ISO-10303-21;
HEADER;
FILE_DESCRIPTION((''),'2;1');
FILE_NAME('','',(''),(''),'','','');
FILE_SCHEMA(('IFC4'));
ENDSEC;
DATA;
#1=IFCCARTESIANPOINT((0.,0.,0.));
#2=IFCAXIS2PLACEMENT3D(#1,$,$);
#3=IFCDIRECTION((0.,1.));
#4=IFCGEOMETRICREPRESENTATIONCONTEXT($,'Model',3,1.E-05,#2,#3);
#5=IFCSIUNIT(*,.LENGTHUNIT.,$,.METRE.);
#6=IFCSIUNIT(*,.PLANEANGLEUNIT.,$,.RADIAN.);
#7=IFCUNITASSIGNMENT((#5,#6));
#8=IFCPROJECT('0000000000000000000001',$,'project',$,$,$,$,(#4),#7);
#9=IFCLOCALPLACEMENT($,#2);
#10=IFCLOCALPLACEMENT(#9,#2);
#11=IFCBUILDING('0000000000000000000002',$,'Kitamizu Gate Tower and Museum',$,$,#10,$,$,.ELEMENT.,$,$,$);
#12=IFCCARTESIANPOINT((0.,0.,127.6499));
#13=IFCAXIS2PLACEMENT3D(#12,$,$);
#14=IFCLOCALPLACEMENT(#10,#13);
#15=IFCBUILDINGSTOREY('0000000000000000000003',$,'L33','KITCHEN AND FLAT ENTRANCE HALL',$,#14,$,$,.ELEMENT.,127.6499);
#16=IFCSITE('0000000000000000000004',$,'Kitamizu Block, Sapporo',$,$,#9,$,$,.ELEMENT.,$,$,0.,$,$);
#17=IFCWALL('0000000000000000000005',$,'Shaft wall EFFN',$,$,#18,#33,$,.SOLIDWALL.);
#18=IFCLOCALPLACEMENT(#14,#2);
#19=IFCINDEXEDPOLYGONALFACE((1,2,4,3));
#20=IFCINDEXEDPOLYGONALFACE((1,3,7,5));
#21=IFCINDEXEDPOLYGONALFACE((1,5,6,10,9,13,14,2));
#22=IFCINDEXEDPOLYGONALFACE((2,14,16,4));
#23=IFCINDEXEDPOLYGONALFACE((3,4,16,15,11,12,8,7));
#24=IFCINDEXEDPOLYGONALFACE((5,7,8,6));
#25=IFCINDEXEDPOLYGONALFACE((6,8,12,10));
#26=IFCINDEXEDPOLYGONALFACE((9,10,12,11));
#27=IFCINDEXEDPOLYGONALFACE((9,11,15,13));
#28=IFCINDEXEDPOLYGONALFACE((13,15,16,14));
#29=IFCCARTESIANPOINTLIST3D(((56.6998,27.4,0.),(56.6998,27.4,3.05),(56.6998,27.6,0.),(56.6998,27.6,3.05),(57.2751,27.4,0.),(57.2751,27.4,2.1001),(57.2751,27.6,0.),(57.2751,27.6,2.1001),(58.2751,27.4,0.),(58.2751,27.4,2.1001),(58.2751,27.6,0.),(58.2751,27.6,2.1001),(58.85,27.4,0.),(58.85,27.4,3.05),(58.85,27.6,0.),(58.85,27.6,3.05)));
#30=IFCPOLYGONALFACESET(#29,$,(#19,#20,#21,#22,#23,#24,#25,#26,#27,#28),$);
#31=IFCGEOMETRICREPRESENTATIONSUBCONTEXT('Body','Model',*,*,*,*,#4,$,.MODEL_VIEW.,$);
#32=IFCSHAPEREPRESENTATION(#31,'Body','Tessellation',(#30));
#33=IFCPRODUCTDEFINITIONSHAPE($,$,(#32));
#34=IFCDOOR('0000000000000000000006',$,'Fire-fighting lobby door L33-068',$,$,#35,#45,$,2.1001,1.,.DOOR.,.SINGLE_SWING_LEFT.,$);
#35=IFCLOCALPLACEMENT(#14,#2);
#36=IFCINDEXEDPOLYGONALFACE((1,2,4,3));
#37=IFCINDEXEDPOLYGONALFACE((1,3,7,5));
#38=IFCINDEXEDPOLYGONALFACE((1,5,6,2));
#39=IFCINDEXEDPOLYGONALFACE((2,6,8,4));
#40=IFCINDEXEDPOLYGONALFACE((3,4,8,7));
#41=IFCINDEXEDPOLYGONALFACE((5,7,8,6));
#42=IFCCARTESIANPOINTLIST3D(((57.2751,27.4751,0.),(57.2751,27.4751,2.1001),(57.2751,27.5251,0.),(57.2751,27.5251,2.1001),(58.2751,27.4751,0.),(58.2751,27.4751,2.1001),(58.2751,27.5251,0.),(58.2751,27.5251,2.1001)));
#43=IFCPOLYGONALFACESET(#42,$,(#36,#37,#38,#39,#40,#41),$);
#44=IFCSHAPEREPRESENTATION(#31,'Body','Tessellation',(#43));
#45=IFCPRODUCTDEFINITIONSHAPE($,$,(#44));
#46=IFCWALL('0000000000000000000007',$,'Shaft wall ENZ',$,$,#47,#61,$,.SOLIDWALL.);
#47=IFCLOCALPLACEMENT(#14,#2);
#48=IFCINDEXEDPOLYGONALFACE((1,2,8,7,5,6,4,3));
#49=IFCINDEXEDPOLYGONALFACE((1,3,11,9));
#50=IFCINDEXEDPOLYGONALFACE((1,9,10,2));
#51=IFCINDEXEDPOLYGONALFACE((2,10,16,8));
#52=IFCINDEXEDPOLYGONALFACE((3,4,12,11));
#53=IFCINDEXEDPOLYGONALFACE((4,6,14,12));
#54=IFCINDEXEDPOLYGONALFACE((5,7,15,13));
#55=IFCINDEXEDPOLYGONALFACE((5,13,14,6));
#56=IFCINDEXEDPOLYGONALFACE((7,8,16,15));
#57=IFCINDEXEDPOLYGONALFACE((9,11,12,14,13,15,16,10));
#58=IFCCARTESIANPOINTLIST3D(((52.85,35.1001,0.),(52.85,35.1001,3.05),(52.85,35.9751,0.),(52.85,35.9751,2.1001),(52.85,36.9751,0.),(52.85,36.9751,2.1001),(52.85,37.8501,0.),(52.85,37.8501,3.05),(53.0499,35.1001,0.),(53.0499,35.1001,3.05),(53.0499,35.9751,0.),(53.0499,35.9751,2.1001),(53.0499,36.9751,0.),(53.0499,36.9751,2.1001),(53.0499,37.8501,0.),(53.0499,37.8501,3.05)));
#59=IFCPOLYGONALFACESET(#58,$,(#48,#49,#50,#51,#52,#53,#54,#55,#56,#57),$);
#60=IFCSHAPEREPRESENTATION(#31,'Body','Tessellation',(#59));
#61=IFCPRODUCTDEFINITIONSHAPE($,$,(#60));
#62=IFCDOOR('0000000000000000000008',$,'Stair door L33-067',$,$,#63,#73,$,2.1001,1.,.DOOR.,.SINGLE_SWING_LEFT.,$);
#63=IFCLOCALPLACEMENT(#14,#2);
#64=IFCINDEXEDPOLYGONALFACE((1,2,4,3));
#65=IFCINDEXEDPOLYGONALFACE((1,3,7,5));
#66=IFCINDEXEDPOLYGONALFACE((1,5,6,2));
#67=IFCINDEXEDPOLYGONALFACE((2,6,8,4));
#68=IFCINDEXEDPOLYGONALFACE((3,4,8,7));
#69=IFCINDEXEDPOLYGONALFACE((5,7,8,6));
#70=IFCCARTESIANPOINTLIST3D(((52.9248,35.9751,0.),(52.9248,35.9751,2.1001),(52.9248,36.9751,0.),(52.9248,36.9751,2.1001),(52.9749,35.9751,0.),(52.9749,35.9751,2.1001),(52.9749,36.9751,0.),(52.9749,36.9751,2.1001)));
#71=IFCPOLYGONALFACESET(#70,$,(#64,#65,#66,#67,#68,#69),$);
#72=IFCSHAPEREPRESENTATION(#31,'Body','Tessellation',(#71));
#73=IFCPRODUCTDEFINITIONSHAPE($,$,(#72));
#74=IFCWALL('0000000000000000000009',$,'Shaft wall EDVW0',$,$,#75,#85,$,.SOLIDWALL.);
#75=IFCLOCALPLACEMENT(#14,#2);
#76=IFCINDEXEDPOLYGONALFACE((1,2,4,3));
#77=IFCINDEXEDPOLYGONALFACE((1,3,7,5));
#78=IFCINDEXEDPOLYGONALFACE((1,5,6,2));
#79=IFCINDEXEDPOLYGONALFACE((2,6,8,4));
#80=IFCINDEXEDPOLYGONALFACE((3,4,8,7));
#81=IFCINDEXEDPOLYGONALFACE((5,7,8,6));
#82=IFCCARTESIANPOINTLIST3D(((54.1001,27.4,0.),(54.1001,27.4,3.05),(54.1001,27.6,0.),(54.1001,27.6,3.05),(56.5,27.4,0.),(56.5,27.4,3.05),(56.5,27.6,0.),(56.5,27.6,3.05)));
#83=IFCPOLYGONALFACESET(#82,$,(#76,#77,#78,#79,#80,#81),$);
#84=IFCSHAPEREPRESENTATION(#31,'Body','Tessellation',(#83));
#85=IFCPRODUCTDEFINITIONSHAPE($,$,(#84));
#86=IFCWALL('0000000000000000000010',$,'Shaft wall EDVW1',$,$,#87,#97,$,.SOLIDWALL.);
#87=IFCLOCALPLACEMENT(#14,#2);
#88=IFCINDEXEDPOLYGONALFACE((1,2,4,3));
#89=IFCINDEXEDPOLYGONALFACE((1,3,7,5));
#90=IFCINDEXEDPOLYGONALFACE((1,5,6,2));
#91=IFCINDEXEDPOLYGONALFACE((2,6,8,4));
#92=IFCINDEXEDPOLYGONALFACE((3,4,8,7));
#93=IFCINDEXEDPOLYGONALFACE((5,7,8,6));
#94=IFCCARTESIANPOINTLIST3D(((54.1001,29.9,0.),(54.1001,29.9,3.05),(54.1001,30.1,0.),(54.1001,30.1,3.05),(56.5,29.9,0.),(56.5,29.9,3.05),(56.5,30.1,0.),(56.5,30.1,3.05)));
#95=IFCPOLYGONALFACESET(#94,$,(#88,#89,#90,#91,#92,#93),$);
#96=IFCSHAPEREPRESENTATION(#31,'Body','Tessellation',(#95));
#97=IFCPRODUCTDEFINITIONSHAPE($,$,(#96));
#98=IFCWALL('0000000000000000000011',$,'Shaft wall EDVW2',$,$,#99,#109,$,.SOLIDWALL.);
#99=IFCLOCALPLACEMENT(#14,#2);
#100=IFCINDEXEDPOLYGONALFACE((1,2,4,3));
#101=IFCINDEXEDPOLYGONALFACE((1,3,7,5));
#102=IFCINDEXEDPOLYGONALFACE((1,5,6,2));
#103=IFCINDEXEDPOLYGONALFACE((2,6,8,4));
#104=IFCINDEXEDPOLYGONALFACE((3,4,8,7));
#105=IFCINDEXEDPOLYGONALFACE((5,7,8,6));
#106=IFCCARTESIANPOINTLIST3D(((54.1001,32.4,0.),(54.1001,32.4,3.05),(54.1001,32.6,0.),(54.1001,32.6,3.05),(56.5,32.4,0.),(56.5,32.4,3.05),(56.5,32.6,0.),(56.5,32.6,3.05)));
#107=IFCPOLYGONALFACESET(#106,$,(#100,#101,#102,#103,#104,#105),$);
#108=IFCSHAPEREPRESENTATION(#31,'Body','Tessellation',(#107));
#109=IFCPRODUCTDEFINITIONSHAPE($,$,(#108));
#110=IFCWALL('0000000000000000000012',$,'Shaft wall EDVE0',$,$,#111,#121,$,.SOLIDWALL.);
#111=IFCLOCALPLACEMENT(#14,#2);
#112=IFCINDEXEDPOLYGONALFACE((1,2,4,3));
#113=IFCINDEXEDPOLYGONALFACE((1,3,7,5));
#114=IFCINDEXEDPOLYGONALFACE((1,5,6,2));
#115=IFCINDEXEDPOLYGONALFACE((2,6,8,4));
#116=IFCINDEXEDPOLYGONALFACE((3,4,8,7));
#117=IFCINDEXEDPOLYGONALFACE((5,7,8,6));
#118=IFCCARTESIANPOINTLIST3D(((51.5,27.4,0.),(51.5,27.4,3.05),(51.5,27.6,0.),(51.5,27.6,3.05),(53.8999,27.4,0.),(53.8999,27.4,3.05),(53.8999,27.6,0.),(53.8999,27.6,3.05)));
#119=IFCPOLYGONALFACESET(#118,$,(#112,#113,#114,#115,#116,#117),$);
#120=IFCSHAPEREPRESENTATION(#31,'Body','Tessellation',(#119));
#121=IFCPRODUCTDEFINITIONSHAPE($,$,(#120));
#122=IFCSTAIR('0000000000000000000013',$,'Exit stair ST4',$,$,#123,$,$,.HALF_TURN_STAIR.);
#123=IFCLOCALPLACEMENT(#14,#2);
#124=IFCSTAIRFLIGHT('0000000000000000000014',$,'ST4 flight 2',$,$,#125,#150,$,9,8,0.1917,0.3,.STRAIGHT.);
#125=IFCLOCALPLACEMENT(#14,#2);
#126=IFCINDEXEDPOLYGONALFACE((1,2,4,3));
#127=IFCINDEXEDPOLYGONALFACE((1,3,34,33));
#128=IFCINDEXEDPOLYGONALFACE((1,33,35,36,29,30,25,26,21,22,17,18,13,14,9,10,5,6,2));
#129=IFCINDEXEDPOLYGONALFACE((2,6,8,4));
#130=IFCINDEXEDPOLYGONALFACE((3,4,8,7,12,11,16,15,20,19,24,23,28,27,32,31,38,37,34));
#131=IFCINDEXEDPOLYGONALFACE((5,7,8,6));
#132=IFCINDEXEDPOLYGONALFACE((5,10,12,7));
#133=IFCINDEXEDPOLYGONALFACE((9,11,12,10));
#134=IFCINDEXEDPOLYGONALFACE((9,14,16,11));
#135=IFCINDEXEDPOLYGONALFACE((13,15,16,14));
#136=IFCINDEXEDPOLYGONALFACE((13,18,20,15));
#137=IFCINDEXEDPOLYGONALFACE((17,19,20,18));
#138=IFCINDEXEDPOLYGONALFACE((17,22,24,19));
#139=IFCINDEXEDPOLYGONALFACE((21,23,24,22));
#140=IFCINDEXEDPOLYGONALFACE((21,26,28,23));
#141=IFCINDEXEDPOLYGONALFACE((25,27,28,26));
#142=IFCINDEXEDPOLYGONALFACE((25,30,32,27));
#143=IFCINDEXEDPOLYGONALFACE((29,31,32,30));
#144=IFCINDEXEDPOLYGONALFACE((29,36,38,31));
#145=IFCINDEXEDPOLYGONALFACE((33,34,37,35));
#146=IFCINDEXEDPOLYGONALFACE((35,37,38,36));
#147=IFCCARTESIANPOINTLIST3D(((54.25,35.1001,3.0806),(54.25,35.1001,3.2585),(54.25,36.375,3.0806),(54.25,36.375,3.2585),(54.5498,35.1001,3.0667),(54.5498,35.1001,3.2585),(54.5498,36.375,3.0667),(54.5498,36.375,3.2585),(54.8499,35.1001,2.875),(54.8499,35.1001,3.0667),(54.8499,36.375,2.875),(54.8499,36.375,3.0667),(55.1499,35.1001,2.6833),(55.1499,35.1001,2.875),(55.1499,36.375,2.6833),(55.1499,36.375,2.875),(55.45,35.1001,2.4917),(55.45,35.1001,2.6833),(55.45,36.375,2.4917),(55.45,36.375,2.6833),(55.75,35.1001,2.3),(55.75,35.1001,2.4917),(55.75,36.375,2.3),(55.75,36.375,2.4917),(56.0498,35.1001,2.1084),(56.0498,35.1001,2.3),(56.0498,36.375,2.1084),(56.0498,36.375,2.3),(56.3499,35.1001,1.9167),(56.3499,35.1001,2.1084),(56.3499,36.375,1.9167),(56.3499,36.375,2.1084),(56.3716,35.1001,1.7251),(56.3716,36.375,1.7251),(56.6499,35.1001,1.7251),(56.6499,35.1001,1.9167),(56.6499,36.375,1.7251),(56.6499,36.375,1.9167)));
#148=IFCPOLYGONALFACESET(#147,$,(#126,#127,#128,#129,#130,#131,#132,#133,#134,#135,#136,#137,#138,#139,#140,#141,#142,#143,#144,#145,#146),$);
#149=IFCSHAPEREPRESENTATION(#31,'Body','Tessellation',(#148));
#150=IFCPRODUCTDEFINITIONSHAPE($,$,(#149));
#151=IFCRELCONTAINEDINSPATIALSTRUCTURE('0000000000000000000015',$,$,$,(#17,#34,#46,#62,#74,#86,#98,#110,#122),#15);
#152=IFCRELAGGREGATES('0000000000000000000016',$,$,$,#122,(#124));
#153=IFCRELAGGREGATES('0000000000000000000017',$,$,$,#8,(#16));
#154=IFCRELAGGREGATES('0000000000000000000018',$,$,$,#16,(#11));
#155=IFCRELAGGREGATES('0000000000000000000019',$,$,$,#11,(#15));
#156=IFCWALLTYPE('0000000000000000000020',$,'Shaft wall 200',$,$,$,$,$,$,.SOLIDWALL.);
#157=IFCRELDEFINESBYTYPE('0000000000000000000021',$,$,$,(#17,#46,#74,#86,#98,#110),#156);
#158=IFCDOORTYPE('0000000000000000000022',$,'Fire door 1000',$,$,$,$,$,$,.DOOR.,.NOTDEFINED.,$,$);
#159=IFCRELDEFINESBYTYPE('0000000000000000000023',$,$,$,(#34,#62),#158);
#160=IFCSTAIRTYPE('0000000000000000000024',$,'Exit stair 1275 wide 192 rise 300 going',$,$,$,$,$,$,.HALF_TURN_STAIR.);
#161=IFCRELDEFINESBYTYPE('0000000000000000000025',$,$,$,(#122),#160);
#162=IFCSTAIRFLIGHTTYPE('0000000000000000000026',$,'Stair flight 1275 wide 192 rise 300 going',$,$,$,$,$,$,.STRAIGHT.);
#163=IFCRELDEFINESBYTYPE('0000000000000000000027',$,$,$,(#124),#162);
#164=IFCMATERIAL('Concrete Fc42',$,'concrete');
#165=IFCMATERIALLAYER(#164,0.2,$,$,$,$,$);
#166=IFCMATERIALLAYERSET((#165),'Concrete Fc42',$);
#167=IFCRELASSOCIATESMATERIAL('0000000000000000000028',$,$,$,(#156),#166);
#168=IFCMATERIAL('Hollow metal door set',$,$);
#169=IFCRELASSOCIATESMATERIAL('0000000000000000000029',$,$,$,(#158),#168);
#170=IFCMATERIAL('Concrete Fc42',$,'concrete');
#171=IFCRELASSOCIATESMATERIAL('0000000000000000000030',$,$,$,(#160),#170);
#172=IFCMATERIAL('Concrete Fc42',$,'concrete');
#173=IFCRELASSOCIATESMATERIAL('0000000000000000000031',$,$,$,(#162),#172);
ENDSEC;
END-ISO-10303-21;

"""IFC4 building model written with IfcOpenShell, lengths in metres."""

from ifc_helpers import new_model, si_unit, direction, frame, frame_2d, origin, place, context, subcontext, project, spatial, polyline, rectangle, outline, extrude, material, layer, layer_set, type_object, element, fill, aggregate, save


model = new_model("IFC4")

# Units and contexts
model_context = context("Model", 3, precision=1e-05, world=origin(), true_north=direction((0.0, 1.0)))
body_context = subcontext(model_context, "Body", "Model", "MODEL_VIEW")
ifc_project = project(units=[si_unit("LENGTHUNIT", "METRE"), si_unit("PLANEANGLEUNIT", "RADIAN")], contexts=[model_context])

# Site, building, storey
site_placement = place(None, origin())
site = spatial("IfcSite", under=ifc_project, at=site_placement, Name="Kitamizu Block, Sapporo", CompositionType="ELEMENT", RefElevation=0.0)
building_placement = place(site_placement, origin())
building = spatial("IfcBuilding", under=site, at=building_placement, Name="Kitamizu Gate Tower and Museum", CompositionType="ELEMENT")
storey_placement = place(building_placement, frame((0.0, 0.0, 127.6499)))
storey = spatial("IfcBuildingStorey", under=building, at=storey_placement, Name="L33", Description="KITCHEN AND FLAT ENTRANCE HALL", CompositionType="ELEMENT", Elevation=127.6499)

# Shared definitions
ifc_material_1 = material(Name="Concrete Fc42", Category="concrete")
ifc_layer_1 = layer(ifc_material_1, 0.2)
ifc_layer_set_1 = layer_set([ifc_layer_1], Name="Concrete Fc42")
wall_type_1 = type_object("IfcWallType", Name="Shaft wall 200", PredefinedType="SOLIDWALL", material=ifc_layer_set_1)

# Walls, openings, doors
wall_1_placement = place(storey_placement, frame((58.8501, 27.5, 0.0), z_axis=(0.0, 0.0, 1.0), x_axis=(-1.0, 0.0, 0.0)))
wall_1 = element("IfcWall", 1, at=wall_1_placement, inside=storey, type_object=wall_type_1, Name="Shaft wall EFFN", PredefinedType="SOLIDWALL", context=body_context, shape_type="SweptSolid", body=[
    extrude(rectangle(XDim=2.1501, YDim=0.2, at=frame_2d((1.0752, 0.0))), origin(), (0.0, 0.0, 1.0), 3.05),
])
opening_1_placement = place(wall_1_placement, frame((0.575, 0.0, 0.0)))
opening_1 = element("IfcOpeningElement", 2, at=opening_1_placement, cuts=wall_1, PredefinedType="OPENING", context=body_context, shape_type="SweptSolid", body=[
    extrude(rectangle(XDim=1.0, YDim=2.1001, at=frame_2d((0.5, 1.05))), frame((0.0, 0.1099, 0.0), z_axis=(0.0, -1.0, 0.0), x_axis=(1.0, 0.0, 0.0)), (0.0, 0.0, 1.0), 0.22),
])
ifc_material_2 = material(Name="Hollow metal door set")
door_type_1 = type_object("IfcDoorType", Name="Fire door 1000", OperationType="NOTDEFINED", PredefinedType="DOOR", material=ifc_material_2)
door_1_placement = place(opening_1_placement, origin())
door_1 = element("IfcDoor", 3, at=door_1_placement, inside=storey, type_object=door_type_1, Name="Fire-fighting lobby door L33-068", OperationType="SINGLE_SWING_LEFT", OverallHeight=2.1001, OverallWidth=1.0, PredefinedType="DOOR", context=body_context, shape_type="SweptSolid", body=[
    extrude(rectangle(XDim=1.0, YDim=2.1001, at=frame_2d((0.5, 1.05))), frame((0.0, 0.0249, 0.0), z_axis=(0.0, -1.0, 0.0), x_axis=(1.0, 0.0, 0.0)), (0.0, 0.0, 1.0), 0.05),
])
fill(opening_1, door_1)
wall_2_placement = place(storey_placement, frame((52.95, 35.1001, 0.0), z_axis=(0.0, 0.0, 1.0), x_axis=(0.0, 1.0, 0.0)))
wall_2 = element("IfcWall", 4, at=wall_2_placement, inside=storey, type_object=wall_type_1, Name="Shaft wall ENZ", PredefinedType="SOLIDWALL", context=body_context, shape_type="SweptSolid", body=[
    extrude(rectangle(XDim=2.75, YDim=0.2, at=frame_2d((1.375, 0.0))), origin(), (0.0, 0.0, 1.0), 3.05),
])
opening_2_placement = place(wall_2_placement, frame((0.875, 0.0, 0.0)))
opening_2 = element("IfcOpeningElement", 5, at=opening_2_placement, cuts=wall_2, PredefinedType="OPENING", context=body_context, shape_type="SweptSolid", body=[
    extrude(rectangle(XDim=1.0, YDim=2.1001, at=frame_2d((0.5, 1.05))), frame((0.0, 0.1099, 0.0), z_axis=(0.0, -1.0, 0.0), x_axis=(1.0, 0.0, 0.0)), (0.0, 0.0, 1.0), 0.22),
])
door_2_placement = place(opening_2_placement, frame((1.0, 0.0, 0.0), x_axis=(-1.0, 0.0, 0.0)))
door_2 = element("IfcDoor", 6, at=door_2_placement, inside=storey, type_object=door_type_1, Name="Stair door L33-067", OperationType="SINGLE_SWING_LEFT", OverallHeight=2.1001, OverallWidth=1.0, PredefinedType="DOOR", context=body_context, shape_type="SweptSolid", body=[
    extrude(rectangle(XDim=1.0, YDim=2.1001, at=frame_2d((0.5, 1.05))), frame((0.0, 0.0249, 0.0), z_axis=(0.0, -1.0, 0.0), x_axis=(1.0, 0.0, 0.0)), (0.0, 0.0, 1.0), 0.05),
])
fill(opening_2, door_2)

# Walls
for number, where, z_axis, x_axis, name in (
    (7, (56.5, 27.5, 0.0), (0.0, 0.0, 1.0), (-1.0, 0.0, 0.0), "Shaft wall EDVW0"),
    (8, (56.5, 30.0, 0.0), (0.0, 0.0, 1.0), (-1.0, 0.0, 0.0), "Shaft wall EDVW1"),
    (9, (56.5, 32.5, 0.0), (0.0, 0.0, 1.0), (-1.0, 0.0, 0.0), "Shaft wall EDVW2"),
    (10, (53.8999, 27.5, 0.0), (0.0, 0.0, 1.0), (-1.0, 0.0, 0.0), "Shaft wall EDVE0"),
):
    element("IfcWall", number, at=place(storey_placement, frame(where, z_axis=z_axis, x_axis=x_axis)), inside=storey, type_object=wall_type_1, Name=name, PredefinedType="SOLIDWALL", context=body_context, shape_type="SweptSolid", body=[
        extrude(rectangle(XDim=2.3999, YDim=0.2, at=frame_2d((1.2, 0.0))), origin(), (0.0, 0.0, 1.0), 3.05),
    ])

# Stair, stair flight
ifc_material_3 = material(Name="Concrete Fc42", Category="concrete")
stair_type = type_object("IfcStairType", Name="Exit stair 1275 wide 192 rise 300 going", PredefinedType="HALF_TURN_STAIR", material=ifc_material_3)
stair_placement = place(storey_placement, origin())
stair = element("IfcStair", 11, at=stair_placement, inside=storey, type_object=stair_type, Name="Exit stair ST4", PredefinedType="HALF_TURN_STAIR")
ifc_material_4 = material(Name="Concrete Fc42", Category="concrete")
stair_flight_type = type_object("IfcStairFlightType", Name="Stair flight 1275 wide 192 rise 300 going", PredefinedType="STRAIGHT", material=ifc_material_4)
stair_flight_placement = place(storey_placement, frame((56.6499, 35.7375, 1.7251), z_axis=(0.0, 0.0, 1.0), x_axis=(-1.0, 0.0, 0.0)))
stair_flight = element("IfcStairFlight", 12, at=stair_flight_placement, type_object=stair_flight_type, Name="ST4 flight 2", NumberOfRisers=9, NumberOfTreads=8, PredefinedType="STRAIGHT", RiserHeight=0.1917, TreadLength=0.3, context=body_context, shape_type="SweptSolid", body=[
    extrude(outline(polyline([(0.0, 0.0), (0.0, 0.1917), (0.3, 0.1917), (0.3, 0.3833), (0.6001, 0.3833), (0.6001, 0.575), (0.8999, 0.575), (0.8999, 0.7666), (1.2, 0.7666), (1.2, 0.9583), (1.5, 0.9583), (1.5, 1.1499), (1.8, 1.1499), (1.8, 1.3416), (2.1001, 1.3416), (2.1001, 1.5334), (2.3999, 1.5334), (2.3999, 1.7251), (2.3999, 1.3555), (0.2783, 0.0), (0.0, 0.0)])), frame((0.0, 0.6375, 0.0), z_axis=(0.0, -1.0, 0.0), x_axis=(1.0, 0.0, 0.0)), (0.0, 0.0, 1.0), 1.2749),
])
aggregate(stair, [stair_flight])

save(model, "model.ifc")
